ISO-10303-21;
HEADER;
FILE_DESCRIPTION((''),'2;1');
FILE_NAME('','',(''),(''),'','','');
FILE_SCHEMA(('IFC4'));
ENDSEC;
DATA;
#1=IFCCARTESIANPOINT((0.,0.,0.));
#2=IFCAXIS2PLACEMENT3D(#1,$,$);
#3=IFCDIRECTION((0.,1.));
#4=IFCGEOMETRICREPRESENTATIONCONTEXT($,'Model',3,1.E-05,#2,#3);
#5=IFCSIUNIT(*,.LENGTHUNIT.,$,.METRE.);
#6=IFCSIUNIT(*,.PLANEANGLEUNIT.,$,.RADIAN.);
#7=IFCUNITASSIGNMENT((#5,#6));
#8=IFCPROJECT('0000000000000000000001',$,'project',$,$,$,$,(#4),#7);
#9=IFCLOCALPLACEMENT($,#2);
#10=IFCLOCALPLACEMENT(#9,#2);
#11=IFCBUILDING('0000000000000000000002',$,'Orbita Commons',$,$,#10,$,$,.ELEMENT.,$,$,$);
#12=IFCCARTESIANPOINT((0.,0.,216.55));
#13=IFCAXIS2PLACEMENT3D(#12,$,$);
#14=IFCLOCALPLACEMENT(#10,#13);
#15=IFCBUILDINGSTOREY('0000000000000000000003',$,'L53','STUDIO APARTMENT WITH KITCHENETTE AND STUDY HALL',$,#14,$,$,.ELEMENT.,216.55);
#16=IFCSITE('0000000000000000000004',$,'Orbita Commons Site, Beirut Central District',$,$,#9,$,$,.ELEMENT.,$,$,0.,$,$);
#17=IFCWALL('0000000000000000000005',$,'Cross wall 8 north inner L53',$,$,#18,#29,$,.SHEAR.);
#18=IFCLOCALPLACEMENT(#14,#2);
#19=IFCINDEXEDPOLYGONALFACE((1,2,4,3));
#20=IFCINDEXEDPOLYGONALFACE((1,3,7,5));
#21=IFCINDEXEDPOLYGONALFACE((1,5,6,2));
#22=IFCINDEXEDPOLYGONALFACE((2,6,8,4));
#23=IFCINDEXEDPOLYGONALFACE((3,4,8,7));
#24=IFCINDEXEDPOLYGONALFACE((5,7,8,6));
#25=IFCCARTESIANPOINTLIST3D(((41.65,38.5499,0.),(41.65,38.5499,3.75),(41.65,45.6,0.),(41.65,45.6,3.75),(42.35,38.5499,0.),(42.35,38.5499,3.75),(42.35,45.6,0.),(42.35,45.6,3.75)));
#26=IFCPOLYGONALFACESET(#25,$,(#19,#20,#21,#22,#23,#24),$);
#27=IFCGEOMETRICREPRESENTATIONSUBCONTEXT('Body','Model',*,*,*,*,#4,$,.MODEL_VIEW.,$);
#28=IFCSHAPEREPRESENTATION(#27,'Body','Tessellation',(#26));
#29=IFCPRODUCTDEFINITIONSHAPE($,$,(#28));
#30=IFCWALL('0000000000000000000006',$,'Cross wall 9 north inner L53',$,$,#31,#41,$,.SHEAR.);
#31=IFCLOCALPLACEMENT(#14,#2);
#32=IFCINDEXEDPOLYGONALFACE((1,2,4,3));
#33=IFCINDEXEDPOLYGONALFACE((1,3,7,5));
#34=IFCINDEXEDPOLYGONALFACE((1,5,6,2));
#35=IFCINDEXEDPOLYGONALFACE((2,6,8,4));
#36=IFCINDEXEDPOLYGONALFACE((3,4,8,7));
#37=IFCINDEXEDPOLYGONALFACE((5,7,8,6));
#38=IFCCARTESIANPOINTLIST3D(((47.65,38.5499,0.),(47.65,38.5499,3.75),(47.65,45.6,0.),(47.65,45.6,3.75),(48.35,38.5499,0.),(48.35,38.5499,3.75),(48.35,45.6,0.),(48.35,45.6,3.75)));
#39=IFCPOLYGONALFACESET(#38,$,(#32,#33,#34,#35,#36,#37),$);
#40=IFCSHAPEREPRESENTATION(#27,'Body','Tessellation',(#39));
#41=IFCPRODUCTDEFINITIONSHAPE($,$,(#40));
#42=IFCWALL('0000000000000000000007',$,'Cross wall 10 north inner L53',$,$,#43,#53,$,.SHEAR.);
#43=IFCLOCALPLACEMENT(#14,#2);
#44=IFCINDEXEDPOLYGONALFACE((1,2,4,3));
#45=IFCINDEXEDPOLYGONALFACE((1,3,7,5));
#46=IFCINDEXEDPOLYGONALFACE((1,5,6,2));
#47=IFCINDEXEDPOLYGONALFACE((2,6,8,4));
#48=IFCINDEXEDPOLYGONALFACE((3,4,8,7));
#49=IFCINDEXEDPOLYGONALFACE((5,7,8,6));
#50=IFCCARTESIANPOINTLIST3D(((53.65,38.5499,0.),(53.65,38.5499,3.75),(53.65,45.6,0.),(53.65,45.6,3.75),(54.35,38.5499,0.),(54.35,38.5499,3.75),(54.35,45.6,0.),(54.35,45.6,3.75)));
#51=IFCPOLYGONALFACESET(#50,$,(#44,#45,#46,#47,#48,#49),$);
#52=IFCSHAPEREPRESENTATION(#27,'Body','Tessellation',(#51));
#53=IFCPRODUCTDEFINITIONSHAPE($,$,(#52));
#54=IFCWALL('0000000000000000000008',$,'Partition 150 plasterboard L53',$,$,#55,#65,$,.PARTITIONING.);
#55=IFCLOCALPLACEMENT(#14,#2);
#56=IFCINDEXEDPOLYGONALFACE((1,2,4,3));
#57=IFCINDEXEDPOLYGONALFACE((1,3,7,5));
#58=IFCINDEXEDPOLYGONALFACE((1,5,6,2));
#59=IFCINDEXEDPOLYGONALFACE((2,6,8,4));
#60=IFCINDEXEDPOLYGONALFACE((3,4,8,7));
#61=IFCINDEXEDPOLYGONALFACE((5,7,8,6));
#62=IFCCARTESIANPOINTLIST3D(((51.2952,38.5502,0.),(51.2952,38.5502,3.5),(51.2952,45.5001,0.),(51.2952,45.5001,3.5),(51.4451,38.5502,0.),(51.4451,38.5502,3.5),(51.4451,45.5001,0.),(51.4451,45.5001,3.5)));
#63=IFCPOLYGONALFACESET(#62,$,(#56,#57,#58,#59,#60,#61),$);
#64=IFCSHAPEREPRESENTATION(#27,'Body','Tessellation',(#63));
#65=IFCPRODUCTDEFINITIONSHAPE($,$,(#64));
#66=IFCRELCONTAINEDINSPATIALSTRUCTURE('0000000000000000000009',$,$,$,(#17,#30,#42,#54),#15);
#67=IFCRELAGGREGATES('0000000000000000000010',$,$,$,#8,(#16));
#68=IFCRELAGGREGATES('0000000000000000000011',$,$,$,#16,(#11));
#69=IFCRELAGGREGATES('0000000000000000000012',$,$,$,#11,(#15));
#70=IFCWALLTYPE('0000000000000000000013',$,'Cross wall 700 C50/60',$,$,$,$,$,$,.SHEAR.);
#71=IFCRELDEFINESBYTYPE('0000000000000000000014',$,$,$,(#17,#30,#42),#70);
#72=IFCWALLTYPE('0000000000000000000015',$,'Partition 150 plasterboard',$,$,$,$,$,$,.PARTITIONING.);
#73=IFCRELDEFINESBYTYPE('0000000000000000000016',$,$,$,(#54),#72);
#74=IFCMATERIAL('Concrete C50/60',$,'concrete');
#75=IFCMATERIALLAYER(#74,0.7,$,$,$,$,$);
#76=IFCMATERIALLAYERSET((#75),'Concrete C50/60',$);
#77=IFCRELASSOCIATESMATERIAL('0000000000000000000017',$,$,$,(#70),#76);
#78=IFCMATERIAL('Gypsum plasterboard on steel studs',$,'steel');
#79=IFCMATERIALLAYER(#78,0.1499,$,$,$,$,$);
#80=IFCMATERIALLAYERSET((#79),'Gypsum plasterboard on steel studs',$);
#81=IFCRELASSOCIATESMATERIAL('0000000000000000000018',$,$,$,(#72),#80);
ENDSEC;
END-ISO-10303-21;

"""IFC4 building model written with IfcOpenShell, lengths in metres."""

from ifc_helpers import new_model, si_unit, direction, frame, frame_2d, origin, place, context, subcontext, project, spatial, rectangle, extrude, material, layer, layer_set, type_object, element, save


model = new_model("IFC4")

# Units and contexts
model_context = context("Model", 3, precision=1e-05, world=origin(), true_north=direction((0.0, 1.0)))
body_context = subcontext(model_context, "Body", "Model", "MODEL_VIEW")
ifc_project = project(units=[si_unit("LENGTHUNIT", "METRE"), si_unit("PLANEANGLEUNIT", "RADIAN")], contexts=[model_context])

# Site, building, storey
site_placement = place(None, origin())
site = spatial("IfcSite", under=ifc_project, at=site_placement, Name="Orbita Commons Site, Beirut Central District", CompositionType="ELEMENT", RefElevation=0.0)
building_placement = place(site_placement, origin())
building = spatial("IfcBuilding", under=site, at=building_placement, Name="Orbita Commons", CompositionType="ELEMENT")
storey_placement = place(building_placement, frame((0.0, 0.0, 216.55)))
storey = spatial("IfcBuildingStorey", under=building, at=storey_placement, Name="L53", Description="STUDIO APARTMENT WITH KITCHENETTE AND STUDY HALL", CompositionType="ELEMENT", Elevation=216.55)

# Walls
ifc_material_1 = material(Name="Concrete C50/60", Category="concrete")
ifc_layer_1 = layer(ifc_material_1, 0.7)
ifc_layer_set_1 = layer_set([ifc_layer_1], Name="Concrete C50/60")
wall_type_1 = type_object("IfcWallType", Name="Cross wall 700 C50/60", PredefinedType="SHEAR", material=ifc_layer_set_1)
for number, where, z_axis, x_axis, name in (
    (1, (42.0, 38.55, 0.0), (0.0, 0.0, 1.0), (0.0, 1.0, 0.0), "Cross wall 8 north inner L53"),
    (2, (48.0, 38.55, 0.0), (0.0, 0.0, 1.0), (0.0, 1.0, 0.0), "Cross wall 9 north inner L53"),
    (3, (54.0, 38.55, 0.0), (0.0, 0.0, 1.0), (0.0, 1.0, 0.0), "Cross wall 10 north inner L53"),
):
    element("IfcWall", number, at=place(storey_placement, frame(where, z_axis=z_axis, x_axis=x_axis)), inside=storey, type_object=wall_type_1, Name=name, PredefinedType="SHEAR", context=body_context, shape_type="SweptSolid", body=[
        extrude(rectangle(XDim=7.05, YDim=0.7, at=frame_2d((3.5249, 0.0))), origin(), (0.0, 0.0, 1.0), 3.75),
    ])
ifc_material_2 = material(Name="Gypsum plasterboard on steel studs", Category="steel")
ifc_layer_2 = layer(ifc_material_2, 0.1499)
ifc_layer_set_2 = layer_set([ifc_layer_2], Name="Gypsum plasterboard on steel studs")
wall_type_2 = type_object("IfcWallType", Name="Partition 150 plasterboard", PredefinedType="PARTITIONING", material=ifc_layer_set_2)
wall_1_placement = place(storey_placement, frame((51.3701, 38.55, 0.0), z_axis=(0.0, 0.0, 1.0), x_axis=(0.0, 1.0, 0.0)))
element("IfcWall", 4, at=wall_1_placement, inside=storey, type_object=wall_type_2, Name="Partition 150 plasterboard L53", PredefinedType="PARTITIONING", context=body_context, shape_type="SweptSolid", body=[
    extrude(rectangle(XDim=6.95, YDim=0.1499, at=frame_2d((3.4751, 0.0))), origin(), (0.0, 0.0, 1.0), 3.5),
])

save(model, "model.ifc")
